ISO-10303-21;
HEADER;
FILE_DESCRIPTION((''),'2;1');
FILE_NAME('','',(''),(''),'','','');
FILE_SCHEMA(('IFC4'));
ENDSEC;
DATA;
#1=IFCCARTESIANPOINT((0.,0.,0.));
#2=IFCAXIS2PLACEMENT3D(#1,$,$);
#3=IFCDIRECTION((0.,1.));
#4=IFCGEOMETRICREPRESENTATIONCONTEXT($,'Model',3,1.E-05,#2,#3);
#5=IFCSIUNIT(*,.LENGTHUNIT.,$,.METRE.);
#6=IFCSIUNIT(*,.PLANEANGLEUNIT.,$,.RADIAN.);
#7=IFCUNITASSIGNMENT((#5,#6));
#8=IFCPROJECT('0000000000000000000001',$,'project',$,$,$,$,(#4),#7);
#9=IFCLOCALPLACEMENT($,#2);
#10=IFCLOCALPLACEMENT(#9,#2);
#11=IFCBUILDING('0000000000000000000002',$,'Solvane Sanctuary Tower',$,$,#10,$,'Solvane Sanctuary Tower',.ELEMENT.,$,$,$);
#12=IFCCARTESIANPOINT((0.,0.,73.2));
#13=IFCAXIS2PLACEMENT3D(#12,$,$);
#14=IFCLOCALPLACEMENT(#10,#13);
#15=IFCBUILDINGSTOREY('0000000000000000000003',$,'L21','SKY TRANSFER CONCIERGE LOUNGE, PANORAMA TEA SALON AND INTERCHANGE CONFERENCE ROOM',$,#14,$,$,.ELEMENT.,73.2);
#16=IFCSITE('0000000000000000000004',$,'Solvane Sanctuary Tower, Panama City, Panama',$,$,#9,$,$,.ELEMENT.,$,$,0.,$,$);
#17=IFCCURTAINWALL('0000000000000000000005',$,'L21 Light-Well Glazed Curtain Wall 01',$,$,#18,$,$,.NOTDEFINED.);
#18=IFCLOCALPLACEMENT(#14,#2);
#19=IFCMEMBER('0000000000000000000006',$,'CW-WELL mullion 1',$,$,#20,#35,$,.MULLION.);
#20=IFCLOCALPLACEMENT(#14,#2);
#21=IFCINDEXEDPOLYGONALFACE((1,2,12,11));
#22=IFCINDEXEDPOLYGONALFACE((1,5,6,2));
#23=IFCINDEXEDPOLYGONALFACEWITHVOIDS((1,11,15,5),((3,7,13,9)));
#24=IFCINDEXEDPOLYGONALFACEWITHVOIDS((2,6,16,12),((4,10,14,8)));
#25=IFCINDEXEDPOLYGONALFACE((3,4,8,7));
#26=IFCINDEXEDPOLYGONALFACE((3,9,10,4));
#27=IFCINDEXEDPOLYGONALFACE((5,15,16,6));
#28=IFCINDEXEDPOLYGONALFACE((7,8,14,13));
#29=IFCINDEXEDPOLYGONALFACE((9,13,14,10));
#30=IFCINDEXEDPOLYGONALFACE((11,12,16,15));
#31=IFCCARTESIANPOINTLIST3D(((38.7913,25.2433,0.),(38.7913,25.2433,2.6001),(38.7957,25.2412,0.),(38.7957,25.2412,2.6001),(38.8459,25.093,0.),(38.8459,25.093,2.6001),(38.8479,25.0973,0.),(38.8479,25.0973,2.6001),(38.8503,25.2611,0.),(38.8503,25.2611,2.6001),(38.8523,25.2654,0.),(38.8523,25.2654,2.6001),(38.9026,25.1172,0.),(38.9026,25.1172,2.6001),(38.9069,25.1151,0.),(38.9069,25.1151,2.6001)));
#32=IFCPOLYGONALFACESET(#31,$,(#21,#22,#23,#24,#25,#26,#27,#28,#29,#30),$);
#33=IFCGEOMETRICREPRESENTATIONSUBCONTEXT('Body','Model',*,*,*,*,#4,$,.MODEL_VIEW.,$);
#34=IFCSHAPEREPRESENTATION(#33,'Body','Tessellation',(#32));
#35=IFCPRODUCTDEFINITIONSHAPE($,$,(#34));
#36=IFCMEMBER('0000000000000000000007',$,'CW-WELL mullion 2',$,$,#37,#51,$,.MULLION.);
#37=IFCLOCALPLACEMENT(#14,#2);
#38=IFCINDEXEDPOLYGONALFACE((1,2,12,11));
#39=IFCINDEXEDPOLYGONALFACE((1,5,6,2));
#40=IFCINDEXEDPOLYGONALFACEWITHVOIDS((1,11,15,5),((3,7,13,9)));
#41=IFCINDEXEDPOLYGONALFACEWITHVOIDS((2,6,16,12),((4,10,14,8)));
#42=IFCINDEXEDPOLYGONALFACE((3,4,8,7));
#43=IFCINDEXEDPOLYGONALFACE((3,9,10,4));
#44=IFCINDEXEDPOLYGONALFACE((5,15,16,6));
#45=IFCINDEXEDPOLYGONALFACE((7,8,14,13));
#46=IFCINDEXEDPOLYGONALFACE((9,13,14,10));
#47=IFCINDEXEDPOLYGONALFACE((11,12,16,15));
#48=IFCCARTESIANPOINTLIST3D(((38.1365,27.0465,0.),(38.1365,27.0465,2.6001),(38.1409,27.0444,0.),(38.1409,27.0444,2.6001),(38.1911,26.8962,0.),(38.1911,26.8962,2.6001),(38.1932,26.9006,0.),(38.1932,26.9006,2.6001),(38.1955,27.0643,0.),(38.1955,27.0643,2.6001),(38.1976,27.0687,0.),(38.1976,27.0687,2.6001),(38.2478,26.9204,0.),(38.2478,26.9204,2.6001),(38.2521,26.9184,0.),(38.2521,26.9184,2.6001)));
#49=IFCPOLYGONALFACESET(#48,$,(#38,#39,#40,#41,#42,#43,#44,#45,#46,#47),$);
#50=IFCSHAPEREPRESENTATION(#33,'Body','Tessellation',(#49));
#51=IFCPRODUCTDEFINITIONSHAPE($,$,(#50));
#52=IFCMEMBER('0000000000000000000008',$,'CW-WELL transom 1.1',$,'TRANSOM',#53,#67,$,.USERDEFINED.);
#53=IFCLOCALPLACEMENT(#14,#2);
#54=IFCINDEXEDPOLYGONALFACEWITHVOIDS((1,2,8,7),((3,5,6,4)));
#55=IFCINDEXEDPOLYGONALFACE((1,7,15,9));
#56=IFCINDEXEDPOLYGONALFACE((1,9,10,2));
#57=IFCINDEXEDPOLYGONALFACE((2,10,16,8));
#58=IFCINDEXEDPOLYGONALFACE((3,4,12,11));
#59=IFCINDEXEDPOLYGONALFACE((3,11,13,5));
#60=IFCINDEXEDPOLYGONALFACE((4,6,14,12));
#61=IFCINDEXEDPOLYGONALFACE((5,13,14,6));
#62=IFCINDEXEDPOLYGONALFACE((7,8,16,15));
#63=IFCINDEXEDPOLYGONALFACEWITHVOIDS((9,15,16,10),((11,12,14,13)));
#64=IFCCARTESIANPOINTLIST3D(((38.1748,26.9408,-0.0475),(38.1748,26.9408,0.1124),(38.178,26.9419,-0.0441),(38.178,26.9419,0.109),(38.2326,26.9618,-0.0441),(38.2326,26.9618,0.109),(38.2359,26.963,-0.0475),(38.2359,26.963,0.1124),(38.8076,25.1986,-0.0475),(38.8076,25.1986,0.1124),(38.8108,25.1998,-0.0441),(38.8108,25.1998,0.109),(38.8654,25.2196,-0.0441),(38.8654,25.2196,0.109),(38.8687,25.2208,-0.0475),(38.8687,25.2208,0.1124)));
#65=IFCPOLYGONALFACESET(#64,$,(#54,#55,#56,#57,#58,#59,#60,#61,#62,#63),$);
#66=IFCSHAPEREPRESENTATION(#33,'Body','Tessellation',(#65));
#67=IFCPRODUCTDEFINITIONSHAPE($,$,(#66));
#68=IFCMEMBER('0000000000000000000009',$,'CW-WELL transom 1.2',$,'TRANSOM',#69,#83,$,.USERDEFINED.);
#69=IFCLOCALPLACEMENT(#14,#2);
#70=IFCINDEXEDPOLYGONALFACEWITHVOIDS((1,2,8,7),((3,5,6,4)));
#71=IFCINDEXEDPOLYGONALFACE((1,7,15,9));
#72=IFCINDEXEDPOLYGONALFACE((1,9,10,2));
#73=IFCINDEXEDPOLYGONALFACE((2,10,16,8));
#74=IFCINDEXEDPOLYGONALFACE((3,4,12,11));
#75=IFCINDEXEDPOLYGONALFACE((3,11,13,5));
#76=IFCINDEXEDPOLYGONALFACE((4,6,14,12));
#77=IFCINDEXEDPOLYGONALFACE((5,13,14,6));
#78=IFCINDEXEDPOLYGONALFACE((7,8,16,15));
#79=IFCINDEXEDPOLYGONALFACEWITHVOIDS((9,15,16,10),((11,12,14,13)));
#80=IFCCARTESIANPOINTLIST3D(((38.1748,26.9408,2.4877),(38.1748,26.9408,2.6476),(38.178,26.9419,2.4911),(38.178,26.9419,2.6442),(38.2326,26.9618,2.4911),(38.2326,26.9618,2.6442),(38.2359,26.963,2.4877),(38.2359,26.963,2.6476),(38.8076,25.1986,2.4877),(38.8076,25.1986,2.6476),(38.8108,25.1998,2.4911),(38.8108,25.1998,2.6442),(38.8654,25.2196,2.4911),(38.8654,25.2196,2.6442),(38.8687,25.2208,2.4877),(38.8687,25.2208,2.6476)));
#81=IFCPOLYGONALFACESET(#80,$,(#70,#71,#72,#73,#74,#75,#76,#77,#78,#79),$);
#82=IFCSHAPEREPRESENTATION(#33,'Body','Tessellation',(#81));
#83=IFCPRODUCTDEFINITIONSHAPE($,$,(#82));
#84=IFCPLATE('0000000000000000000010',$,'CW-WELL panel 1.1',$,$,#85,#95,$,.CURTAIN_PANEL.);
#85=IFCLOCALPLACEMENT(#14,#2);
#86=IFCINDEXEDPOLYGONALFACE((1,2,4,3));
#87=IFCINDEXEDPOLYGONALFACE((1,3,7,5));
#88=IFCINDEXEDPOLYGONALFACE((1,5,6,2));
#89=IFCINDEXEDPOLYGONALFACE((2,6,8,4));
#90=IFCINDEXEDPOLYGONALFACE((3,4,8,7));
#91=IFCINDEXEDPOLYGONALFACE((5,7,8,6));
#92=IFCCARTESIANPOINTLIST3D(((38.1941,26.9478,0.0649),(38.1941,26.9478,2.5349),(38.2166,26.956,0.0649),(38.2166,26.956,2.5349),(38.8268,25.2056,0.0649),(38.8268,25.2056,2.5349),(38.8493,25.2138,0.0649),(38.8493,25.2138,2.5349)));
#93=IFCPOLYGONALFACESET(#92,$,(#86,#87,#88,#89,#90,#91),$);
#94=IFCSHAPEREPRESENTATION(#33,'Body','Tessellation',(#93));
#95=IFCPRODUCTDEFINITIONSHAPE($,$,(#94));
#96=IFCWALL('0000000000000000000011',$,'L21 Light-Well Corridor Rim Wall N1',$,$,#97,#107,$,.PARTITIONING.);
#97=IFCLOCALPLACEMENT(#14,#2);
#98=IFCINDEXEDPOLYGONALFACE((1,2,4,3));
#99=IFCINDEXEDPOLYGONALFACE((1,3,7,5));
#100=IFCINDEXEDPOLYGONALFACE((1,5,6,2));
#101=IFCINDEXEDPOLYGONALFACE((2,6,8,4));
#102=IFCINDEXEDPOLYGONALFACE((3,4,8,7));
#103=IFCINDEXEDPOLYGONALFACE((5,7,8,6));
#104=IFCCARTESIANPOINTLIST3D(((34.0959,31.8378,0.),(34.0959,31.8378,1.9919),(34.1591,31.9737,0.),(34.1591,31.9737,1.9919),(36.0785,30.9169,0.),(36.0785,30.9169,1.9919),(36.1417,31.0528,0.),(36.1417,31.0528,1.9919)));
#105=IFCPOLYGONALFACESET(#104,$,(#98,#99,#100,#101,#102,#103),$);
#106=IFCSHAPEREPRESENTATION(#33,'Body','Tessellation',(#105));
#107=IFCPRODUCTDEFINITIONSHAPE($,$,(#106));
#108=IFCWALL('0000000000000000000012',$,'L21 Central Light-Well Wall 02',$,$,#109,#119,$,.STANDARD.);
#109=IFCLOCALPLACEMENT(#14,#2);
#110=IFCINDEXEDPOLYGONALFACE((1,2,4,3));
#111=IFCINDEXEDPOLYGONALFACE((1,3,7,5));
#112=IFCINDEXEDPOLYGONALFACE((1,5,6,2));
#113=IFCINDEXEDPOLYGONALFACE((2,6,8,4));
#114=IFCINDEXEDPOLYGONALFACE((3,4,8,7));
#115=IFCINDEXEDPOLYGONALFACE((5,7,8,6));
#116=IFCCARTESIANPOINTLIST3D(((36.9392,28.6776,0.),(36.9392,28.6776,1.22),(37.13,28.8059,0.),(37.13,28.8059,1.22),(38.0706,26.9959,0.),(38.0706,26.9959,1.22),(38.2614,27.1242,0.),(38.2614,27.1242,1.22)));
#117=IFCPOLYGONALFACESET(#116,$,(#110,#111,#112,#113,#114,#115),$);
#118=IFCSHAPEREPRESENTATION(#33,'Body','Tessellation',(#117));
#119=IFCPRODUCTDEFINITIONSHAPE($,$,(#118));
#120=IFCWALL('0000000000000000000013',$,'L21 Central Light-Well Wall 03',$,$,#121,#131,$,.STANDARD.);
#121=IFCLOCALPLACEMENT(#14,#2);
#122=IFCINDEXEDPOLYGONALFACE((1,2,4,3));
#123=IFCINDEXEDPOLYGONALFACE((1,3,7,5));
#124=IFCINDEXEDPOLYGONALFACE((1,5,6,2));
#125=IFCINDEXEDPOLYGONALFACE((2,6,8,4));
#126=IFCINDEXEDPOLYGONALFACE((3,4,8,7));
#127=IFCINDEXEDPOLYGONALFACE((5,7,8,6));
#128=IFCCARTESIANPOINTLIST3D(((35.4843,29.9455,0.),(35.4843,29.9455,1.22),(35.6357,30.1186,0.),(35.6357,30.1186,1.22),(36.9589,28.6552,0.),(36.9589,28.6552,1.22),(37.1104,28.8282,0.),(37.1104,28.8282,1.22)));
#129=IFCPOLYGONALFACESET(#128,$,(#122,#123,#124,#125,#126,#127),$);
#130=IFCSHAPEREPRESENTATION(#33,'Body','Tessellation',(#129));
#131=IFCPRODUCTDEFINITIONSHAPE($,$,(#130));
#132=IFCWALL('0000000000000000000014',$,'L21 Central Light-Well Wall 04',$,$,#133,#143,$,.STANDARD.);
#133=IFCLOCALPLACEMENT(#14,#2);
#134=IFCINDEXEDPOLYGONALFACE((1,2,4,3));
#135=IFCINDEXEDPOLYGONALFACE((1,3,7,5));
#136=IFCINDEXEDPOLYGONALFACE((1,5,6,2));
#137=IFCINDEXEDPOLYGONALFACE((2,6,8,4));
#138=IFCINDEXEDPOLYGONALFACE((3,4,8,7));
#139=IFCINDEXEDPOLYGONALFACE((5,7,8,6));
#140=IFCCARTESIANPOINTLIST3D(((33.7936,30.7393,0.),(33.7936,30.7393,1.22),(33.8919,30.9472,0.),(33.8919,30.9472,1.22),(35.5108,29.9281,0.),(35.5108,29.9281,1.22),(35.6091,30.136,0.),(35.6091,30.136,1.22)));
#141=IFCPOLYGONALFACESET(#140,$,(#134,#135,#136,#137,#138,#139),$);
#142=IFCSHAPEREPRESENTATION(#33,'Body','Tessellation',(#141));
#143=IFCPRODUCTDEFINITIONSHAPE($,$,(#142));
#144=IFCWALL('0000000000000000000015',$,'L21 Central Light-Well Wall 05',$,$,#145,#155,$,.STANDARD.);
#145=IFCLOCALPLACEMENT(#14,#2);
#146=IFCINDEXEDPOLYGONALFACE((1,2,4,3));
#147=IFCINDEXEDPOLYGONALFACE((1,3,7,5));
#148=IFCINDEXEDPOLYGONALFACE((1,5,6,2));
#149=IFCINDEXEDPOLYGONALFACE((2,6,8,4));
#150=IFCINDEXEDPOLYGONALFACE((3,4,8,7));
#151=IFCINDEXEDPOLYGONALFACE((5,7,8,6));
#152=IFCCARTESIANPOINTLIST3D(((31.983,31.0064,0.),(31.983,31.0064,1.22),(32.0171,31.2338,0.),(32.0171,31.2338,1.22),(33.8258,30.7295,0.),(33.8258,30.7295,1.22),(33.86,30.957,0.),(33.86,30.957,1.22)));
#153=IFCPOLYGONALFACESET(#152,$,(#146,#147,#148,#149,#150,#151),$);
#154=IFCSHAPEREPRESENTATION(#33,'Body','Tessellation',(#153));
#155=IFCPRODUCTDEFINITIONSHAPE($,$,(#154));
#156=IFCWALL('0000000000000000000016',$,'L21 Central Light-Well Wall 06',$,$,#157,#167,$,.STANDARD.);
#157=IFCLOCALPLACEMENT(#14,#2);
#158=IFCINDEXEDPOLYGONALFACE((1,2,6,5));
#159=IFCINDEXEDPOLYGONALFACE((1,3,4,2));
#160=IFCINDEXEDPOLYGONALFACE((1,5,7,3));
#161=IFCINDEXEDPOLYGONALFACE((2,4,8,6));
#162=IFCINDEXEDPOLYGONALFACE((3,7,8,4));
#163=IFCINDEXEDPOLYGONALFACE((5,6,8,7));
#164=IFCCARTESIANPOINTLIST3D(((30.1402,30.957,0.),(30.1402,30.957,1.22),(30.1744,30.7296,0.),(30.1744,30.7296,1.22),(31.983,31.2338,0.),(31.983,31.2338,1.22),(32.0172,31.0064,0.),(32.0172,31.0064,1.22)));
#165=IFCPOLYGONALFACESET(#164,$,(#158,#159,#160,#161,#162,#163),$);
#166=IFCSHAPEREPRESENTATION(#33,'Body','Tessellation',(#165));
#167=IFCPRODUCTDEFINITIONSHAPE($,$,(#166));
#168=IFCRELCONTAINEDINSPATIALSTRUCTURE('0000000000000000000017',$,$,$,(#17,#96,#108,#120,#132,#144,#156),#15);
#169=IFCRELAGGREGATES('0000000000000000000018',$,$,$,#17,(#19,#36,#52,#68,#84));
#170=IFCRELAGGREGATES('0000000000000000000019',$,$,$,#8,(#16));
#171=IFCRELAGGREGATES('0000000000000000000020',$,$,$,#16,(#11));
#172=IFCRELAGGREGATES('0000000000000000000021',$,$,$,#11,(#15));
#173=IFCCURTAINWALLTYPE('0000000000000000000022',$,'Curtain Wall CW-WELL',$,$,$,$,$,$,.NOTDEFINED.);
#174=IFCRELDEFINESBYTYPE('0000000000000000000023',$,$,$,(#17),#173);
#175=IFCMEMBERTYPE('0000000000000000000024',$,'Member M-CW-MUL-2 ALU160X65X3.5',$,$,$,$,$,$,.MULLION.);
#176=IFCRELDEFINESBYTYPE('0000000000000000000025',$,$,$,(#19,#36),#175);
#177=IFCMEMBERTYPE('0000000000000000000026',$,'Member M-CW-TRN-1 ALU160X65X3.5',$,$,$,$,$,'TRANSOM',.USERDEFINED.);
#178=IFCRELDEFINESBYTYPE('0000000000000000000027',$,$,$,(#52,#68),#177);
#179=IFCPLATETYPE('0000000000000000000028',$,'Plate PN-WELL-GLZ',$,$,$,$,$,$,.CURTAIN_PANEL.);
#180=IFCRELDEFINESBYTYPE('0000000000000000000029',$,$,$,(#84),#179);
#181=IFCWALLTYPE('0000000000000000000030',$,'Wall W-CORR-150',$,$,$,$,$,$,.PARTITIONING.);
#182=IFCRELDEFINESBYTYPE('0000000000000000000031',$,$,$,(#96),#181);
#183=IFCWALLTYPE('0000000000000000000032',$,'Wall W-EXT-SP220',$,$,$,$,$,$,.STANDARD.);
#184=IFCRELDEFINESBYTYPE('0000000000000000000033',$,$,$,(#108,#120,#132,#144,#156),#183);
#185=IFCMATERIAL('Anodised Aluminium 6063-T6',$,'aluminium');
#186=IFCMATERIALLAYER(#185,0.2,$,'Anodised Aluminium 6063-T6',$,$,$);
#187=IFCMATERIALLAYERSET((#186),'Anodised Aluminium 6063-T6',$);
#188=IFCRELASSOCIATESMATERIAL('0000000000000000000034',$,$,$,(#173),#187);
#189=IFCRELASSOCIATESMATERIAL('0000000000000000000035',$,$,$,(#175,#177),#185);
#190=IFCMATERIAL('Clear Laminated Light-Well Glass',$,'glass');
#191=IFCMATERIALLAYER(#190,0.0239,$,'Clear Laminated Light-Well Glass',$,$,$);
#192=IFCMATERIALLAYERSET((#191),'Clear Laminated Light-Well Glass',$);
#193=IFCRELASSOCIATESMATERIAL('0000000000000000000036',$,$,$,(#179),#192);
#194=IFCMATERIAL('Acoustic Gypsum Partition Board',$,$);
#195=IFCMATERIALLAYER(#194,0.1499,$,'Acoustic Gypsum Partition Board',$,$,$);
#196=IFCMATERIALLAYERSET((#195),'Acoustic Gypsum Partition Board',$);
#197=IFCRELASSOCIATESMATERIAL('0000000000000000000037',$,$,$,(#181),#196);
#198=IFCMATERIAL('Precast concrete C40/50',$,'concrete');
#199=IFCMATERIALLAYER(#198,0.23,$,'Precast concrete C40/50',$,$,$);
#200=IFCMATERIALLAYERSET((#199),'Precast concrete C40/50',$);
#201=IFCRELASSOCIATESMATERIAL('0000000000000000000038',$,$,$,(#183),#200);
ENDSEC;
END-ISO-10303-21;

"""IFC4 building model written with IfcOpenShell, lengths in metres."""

from ifc_helpers import new_model, si_unit, direction, frame, frame_2d, origin, origin_2d, place, context, subcontext, project, spatial, rectangle, hollow_rectangle, extrude, material, layer, layer_set, material_profile, profile_set, type_object, element, aggregate, save


model = new_model("IFC4")

# Units and contexts
model_context = context("Model", 3, precision=1e-05, world=origin(), true_north=direction((0.0, 1.0)))
body_context = subcontext(model_context, "Body", "Model", "MODEL_VIEW")
ifc_project = project(units=[si_unit("LENGTHUNIT", "METRE"), si_unit("PLANEANGLEUNIT", "RADIAN")], contexts=[model_context])

# Site, building, storey
site_placement = place(None, origin())
site = spatial("IfcSite", under=ifc_project, at=site_placement, Name="Solvane Sanctuary Tower, Panama City, Panama", CompositionType="ELEMENT", RefElevation=0.0)
building_placement = place(site_placement, origin())
building = spatial("IfcBuilding", under=site, at=building_placement, Name="Solvane Sanctuary Tower", LongName="Solvane Sanctuary Tower", CompositionType="ELEMENT")
storey_placement = place(building_placement, frame((0.0, 0.0, 73.2)))
storey = spatial("IfcBuildingStorey", under=building, at=storey_placement, Name="L21", Description="SKY TRANSFER CONCIERGE LOUNGE, PANORAMA TEA SALON AND INTERCHANGE CONFERENCE ROOM", CompositionType="ELEMENT", Elevation=73.2)

# Curtain wall, members, plate
ifc_material_1 = material(Name="Anodised Aluminium 6063-T6", Category="aluminium")
ifc_layer_1 = layer(ifc_material_1, 0.2, Name="Anodised Aluminium 6063-T6")
ifc_layer_set_1 = layer_set([ifc_layer_1], Name="Anodised Aluminium 6063-T6")
curtain_wall_type = type_object("IfcCurtainWallType", Name="Curtain Wall CW-WELL", PredefinedType="NOTDEFINED", material=ifc_layer_set_1)
curtain_wall_placement = place(storey_placement, origin())
curtain_wall = element("IfcCurtainWall", 1, at=curtain_wall_placement, inside=storey, type_object=curtain_wall_type, Name="L21 Light-Well Glazed Curtain Wall 01", PredefinedType="NOTDEFINED")
ifc_material_profile_1 = material_profile(ifc_material_1, hollow_rectangle(XDim=0.0649, YDim=0.1599, WallThickness=0.0034, at=origin_2d()), Name="ALU160X65X3.5")
ifc_profile_set_1 = profile_set([ifc_material_profile_1], Name="Anodised Aluminium 6063-T6")
member_type_1 = type_object("IfcMemberType", Name="Member M-CW-MUL-2 ALU160X65X3.5", PredefinedType="MULLION", material=ifc_profile_set_1)
member_1_placement = place(storey_placement, frame((38.8491, 25.1792, 0.0), z_axis=(0.0, 0.0, 1.0), x_axis=(-0.939933, -0.341358, 0.0)))
member_1 = element("IfcMember", 2, at=member_1_placement, type_object=member_type_1, Name="CW-WELL mullion 1", PredefinedType="MULLION", context=body_context, shape_type="SweptSolid", body=[
    extrude(hollow_rectangle(XDim=0.0649, YDim=0.1599, WallThickness=0.0034, at=origin_2d()), origin(), (0.0, 0.0, 1.0), 2.6001),
])
member_2_placement = place(storey_placement, frame((38.1943, 26.9824, 0.0), z_axis=(0.0, 0.0, 1.0), x_axis=(-0.939933, -0.341358, 0.0)))
member_2 = element("IfcMember", 3, at=member_2_placement, type_object=member_type_1, Name="CW-WELL mullion 2", PredefinedType="MULLION", context=body_context, shape_type="SweptSolid", body=[
    extrude(hollow_rectangle(XDim=0.0649, YDim=0.1599, WallThickness=0.0034, at=origin_2d()), origin(), (0.0, 0.0, 1.0), 2.6001),
])
ifc_material_profile_2 = material_profile(ifc_material_1, hollow_rectangle(XDim=0.0649, YDim=0.1599, WallThickness=0.0034, at=origin_2d()), Name="ALU160X65X3.5")
ifc_profile_set_2 = profile_set([ifc_material_profile_2], Name="Anodised Aluminium 6063-T6")
member_type_2 = type_object("IfcMemberType", Name="Member M-CW-TRN-1 ALU160X65X3.5", ElementType="TRANSOM", PredefinedType="USERDEFINED", material=ifc_profile_set_2)
member_3_placement = place(storey_placement, frame((38.8381, 25.2097, 0.0325), z_axis=(-0.341405, 0.939916, 0.0), x_axis=(-0.939916, -0.341405, 0.0)))
member_3 = element("IfcMember", 4, at=member_3_placement, type_object=member_type_2, Name="CW-WELL transom 1.1", ObjectType="TRANSOM", PredefinedType="USERDEFINED", context=body_context, shape_type="SweptSolid", body=[
    extrude(hollow_rectangle(XDim=0.0649, YDim=0.1599, WallThickness=0.0034, at=origin_2d()), origin(), (0.0, 0.0, 1.0), 1.8535),
])
member_4_placement = place(storey_placement, frame((38.8381, 25.2097, 2.5676), z_axis=(-0.341405, 0.939916, 0.0), x_axis=(-0.939916, -0.341405, 0.0)))
member_4 = element("IfcMember", 5, at=member_4_placement, type_object=member_type_2, Name="CW-WELL transom 1.2", ObjectType="TRANSOM", PredefinedType="USERDEFINED", context=body_context, shape_type="SweptSolid", body=[
    extrude(hollow_rectangle(XDim=0.0649, YDim=0.1599, WallThickness=0.0034, at=origin_2d()), origin(), (0.0, 0.0, 1.0), 1.8535),
])
ifc_material_2 = material(Name="Clear Laminated Light-Well Glass", Category="glass")
ifc_layer_2 = layer(ifc_material_2, 0.0239, Name="Clear Laminated Light-Well Glass")
ifc_layer_set_2 = layer_set([ifc_layer_2], Name="Clear Laminated Light-Well Glass")
plate_type = type_object("IfcPlateType", Name="Plate PN-WELL-GLZ", PredefinedType="CURTAIN_PANEL", material=ifc_layer_set_2)
plate_placement = place(storey_placement, frame((38.5217, 26.0808, 0.0649), z_axis=(0.0, 0.0, 1.0), x_axis=(-0.341358, 0.939933, 0.0)))
plate = element("IfcPlate", 6, at=plate_placement, type_object=plate_type, Name="CW-WELL panel 1.1", PredefinedType="CURTAIN_PANEL", context=body_context, shape_type="SweptSolid", body=[
    extrude(rectangle(XDim=1.8535, YDim=0.0239, at=origin_2d()), origin(), (0.0, 0.0, 1.0), 2.47),
])
aggregate(curtain_wall, [member_1, member_2, member_3, member_4, plate])

# Walls
ifc_material_3 = material(Name="Acoustic Gypsum Partition Board")
ifc_layer_3 = layer(ifc_material_3, 0.1499, Name="Acoustic Gypsum Partition Board")
ifc_layer_set_3 = layer_set([ifc_layer_3], Name="Acoustic Gypsum Partition Board")
wall_type_1 = type_object("IfcWallType", Name="Wall W-CORR-150", PredefinedType="PARTITIONING", material=ifc_layer_set_3)
wall_1_placement = place(storey_placement, frame((36.1101, 30.9849, 0.0), z_axis=(0.0, 0.0, 1.0), x_axis=(-0.906943, 0.421252, 0.0)))
element("IfcWall", 7, at=wall_1_placement, inside=storey, type_object=wall_type_1, Name="L21 Light-Well Corridor Rim Wall N1", PredefinedType="PARTITIONING", context=body_context, shape_type="SweptSolid", body=[
    extrude(rectangle(XDim=2.186, YDim=0.1499, at=frame_2d((1.093, 0.0))), origin(), (0.0, 0.0, 1.0), 1.9919),
])
ifc_material_4 = material(Name="Precast concrete C40/50", Category="concrete")
ifc_layer_4 = layer(ifc_material_4, 0.23, Name="Precast concrete C40/50")
ifc_layer_set_4 = layer_set([ifc_layer_4], Name="Precast concrete C40/50")
wall_type_2 = type_object("IfcWallType", Name="Wall W-EXT-SP220", PredefinedType="STANDARD", material=ifc_layer_set_4)
wall_2_placement = place(storey_placement, frame((38.166, 27.0601, 0.0), z_axis=(0.0, 0.0, 1.0), x_axis=(-0.558198, 0.829708, 0.0)))
element("IfcWall", 8, at=wall_2_placement, inside=storey, type_object=wall_type_2, Name="L21 Central Light-Well Wall 02", PredefinedType="STANDARD", context=body_context, shape_type="SweptSolid", body=[
    extrude(rectangle(XDim=2.0269, YDim=0.23, at=frame_2d((1.0134, 0.0))), origin(), (0.0, 0.0, 1.0), 1.22),
])
wall_3_placement = place(storey_placement, frame((37.0347, 28.7417, 0.0), z_axis=(0.0, 0.0, 1.0), x_axis=(-0.752577, 0.658505, 0.0)))
element("IfcWall", 9, at=wall_3_placement, inside=storey, type_object=wall_type_2, Name="L21 Central Light-Well Wall 03", PredefinedType="STANDARD", context=body_context, shape_type="SweptSolid", body=[
    extrude(rectangle(XDim=1.9595, YDim=0.23, at=frame_2d((0.9797, 0.0))), origin(), (0.0, 0.0, 1.0), 1.22),
])
wall_4_placement = place(storey_placement, frame((35.5601, 30.032, 0.0), z_axis=(0.0, 0.0, 1.0), x_axis=(-0.90418, 0.427152, 0.0)))
element("IfcWall", 10, at=wall_4_placement, inside=storey, type_object=wall_type_2, Name="L21 Central Light-Well Wall 04", PredefinedType="STANDARD", context=body_context, shape_type="SweptSolid", body=[
    extrude(rectangle(XDim=1.8992, YDim=0.23, at=frame_2d((0.9497, 0.0))), origin(), (0.0, 0.0, 1.0), 1.22),
])
for number, where, z_axis, x_axis, name in (
    (11, (33.8428, 30.8433, 0.0), (0.0, 0.0, 1.0), (-0.988902, 0.148571, 0.0), "L21 Central Light-Well Wall 05"),
    (12, (32.0, 31.1201, 0.0), (0.0, 0.0, 1.0), (-0.988902, -0.148571, 0.0), "L21 Central Light-Well Wall 06"),
):
    element("IfcWall", number, at=place(storey_placement, frame(where, z_axis=z_axis, x_axis=x_axis)), inside=storey, type_object=wall_type_2, Name=name, PredefinedType="STANDARD", context=body_context, shape_type="SweptSolid", body=[
        extrude(rectangle(XDim=1.8635, YDim=0.23, at=frame_2d((0.9316, 0.0))), origin(), (0.0, 0.0, 1.0), 1.22),
    ])

save(model, "model.ifc")
